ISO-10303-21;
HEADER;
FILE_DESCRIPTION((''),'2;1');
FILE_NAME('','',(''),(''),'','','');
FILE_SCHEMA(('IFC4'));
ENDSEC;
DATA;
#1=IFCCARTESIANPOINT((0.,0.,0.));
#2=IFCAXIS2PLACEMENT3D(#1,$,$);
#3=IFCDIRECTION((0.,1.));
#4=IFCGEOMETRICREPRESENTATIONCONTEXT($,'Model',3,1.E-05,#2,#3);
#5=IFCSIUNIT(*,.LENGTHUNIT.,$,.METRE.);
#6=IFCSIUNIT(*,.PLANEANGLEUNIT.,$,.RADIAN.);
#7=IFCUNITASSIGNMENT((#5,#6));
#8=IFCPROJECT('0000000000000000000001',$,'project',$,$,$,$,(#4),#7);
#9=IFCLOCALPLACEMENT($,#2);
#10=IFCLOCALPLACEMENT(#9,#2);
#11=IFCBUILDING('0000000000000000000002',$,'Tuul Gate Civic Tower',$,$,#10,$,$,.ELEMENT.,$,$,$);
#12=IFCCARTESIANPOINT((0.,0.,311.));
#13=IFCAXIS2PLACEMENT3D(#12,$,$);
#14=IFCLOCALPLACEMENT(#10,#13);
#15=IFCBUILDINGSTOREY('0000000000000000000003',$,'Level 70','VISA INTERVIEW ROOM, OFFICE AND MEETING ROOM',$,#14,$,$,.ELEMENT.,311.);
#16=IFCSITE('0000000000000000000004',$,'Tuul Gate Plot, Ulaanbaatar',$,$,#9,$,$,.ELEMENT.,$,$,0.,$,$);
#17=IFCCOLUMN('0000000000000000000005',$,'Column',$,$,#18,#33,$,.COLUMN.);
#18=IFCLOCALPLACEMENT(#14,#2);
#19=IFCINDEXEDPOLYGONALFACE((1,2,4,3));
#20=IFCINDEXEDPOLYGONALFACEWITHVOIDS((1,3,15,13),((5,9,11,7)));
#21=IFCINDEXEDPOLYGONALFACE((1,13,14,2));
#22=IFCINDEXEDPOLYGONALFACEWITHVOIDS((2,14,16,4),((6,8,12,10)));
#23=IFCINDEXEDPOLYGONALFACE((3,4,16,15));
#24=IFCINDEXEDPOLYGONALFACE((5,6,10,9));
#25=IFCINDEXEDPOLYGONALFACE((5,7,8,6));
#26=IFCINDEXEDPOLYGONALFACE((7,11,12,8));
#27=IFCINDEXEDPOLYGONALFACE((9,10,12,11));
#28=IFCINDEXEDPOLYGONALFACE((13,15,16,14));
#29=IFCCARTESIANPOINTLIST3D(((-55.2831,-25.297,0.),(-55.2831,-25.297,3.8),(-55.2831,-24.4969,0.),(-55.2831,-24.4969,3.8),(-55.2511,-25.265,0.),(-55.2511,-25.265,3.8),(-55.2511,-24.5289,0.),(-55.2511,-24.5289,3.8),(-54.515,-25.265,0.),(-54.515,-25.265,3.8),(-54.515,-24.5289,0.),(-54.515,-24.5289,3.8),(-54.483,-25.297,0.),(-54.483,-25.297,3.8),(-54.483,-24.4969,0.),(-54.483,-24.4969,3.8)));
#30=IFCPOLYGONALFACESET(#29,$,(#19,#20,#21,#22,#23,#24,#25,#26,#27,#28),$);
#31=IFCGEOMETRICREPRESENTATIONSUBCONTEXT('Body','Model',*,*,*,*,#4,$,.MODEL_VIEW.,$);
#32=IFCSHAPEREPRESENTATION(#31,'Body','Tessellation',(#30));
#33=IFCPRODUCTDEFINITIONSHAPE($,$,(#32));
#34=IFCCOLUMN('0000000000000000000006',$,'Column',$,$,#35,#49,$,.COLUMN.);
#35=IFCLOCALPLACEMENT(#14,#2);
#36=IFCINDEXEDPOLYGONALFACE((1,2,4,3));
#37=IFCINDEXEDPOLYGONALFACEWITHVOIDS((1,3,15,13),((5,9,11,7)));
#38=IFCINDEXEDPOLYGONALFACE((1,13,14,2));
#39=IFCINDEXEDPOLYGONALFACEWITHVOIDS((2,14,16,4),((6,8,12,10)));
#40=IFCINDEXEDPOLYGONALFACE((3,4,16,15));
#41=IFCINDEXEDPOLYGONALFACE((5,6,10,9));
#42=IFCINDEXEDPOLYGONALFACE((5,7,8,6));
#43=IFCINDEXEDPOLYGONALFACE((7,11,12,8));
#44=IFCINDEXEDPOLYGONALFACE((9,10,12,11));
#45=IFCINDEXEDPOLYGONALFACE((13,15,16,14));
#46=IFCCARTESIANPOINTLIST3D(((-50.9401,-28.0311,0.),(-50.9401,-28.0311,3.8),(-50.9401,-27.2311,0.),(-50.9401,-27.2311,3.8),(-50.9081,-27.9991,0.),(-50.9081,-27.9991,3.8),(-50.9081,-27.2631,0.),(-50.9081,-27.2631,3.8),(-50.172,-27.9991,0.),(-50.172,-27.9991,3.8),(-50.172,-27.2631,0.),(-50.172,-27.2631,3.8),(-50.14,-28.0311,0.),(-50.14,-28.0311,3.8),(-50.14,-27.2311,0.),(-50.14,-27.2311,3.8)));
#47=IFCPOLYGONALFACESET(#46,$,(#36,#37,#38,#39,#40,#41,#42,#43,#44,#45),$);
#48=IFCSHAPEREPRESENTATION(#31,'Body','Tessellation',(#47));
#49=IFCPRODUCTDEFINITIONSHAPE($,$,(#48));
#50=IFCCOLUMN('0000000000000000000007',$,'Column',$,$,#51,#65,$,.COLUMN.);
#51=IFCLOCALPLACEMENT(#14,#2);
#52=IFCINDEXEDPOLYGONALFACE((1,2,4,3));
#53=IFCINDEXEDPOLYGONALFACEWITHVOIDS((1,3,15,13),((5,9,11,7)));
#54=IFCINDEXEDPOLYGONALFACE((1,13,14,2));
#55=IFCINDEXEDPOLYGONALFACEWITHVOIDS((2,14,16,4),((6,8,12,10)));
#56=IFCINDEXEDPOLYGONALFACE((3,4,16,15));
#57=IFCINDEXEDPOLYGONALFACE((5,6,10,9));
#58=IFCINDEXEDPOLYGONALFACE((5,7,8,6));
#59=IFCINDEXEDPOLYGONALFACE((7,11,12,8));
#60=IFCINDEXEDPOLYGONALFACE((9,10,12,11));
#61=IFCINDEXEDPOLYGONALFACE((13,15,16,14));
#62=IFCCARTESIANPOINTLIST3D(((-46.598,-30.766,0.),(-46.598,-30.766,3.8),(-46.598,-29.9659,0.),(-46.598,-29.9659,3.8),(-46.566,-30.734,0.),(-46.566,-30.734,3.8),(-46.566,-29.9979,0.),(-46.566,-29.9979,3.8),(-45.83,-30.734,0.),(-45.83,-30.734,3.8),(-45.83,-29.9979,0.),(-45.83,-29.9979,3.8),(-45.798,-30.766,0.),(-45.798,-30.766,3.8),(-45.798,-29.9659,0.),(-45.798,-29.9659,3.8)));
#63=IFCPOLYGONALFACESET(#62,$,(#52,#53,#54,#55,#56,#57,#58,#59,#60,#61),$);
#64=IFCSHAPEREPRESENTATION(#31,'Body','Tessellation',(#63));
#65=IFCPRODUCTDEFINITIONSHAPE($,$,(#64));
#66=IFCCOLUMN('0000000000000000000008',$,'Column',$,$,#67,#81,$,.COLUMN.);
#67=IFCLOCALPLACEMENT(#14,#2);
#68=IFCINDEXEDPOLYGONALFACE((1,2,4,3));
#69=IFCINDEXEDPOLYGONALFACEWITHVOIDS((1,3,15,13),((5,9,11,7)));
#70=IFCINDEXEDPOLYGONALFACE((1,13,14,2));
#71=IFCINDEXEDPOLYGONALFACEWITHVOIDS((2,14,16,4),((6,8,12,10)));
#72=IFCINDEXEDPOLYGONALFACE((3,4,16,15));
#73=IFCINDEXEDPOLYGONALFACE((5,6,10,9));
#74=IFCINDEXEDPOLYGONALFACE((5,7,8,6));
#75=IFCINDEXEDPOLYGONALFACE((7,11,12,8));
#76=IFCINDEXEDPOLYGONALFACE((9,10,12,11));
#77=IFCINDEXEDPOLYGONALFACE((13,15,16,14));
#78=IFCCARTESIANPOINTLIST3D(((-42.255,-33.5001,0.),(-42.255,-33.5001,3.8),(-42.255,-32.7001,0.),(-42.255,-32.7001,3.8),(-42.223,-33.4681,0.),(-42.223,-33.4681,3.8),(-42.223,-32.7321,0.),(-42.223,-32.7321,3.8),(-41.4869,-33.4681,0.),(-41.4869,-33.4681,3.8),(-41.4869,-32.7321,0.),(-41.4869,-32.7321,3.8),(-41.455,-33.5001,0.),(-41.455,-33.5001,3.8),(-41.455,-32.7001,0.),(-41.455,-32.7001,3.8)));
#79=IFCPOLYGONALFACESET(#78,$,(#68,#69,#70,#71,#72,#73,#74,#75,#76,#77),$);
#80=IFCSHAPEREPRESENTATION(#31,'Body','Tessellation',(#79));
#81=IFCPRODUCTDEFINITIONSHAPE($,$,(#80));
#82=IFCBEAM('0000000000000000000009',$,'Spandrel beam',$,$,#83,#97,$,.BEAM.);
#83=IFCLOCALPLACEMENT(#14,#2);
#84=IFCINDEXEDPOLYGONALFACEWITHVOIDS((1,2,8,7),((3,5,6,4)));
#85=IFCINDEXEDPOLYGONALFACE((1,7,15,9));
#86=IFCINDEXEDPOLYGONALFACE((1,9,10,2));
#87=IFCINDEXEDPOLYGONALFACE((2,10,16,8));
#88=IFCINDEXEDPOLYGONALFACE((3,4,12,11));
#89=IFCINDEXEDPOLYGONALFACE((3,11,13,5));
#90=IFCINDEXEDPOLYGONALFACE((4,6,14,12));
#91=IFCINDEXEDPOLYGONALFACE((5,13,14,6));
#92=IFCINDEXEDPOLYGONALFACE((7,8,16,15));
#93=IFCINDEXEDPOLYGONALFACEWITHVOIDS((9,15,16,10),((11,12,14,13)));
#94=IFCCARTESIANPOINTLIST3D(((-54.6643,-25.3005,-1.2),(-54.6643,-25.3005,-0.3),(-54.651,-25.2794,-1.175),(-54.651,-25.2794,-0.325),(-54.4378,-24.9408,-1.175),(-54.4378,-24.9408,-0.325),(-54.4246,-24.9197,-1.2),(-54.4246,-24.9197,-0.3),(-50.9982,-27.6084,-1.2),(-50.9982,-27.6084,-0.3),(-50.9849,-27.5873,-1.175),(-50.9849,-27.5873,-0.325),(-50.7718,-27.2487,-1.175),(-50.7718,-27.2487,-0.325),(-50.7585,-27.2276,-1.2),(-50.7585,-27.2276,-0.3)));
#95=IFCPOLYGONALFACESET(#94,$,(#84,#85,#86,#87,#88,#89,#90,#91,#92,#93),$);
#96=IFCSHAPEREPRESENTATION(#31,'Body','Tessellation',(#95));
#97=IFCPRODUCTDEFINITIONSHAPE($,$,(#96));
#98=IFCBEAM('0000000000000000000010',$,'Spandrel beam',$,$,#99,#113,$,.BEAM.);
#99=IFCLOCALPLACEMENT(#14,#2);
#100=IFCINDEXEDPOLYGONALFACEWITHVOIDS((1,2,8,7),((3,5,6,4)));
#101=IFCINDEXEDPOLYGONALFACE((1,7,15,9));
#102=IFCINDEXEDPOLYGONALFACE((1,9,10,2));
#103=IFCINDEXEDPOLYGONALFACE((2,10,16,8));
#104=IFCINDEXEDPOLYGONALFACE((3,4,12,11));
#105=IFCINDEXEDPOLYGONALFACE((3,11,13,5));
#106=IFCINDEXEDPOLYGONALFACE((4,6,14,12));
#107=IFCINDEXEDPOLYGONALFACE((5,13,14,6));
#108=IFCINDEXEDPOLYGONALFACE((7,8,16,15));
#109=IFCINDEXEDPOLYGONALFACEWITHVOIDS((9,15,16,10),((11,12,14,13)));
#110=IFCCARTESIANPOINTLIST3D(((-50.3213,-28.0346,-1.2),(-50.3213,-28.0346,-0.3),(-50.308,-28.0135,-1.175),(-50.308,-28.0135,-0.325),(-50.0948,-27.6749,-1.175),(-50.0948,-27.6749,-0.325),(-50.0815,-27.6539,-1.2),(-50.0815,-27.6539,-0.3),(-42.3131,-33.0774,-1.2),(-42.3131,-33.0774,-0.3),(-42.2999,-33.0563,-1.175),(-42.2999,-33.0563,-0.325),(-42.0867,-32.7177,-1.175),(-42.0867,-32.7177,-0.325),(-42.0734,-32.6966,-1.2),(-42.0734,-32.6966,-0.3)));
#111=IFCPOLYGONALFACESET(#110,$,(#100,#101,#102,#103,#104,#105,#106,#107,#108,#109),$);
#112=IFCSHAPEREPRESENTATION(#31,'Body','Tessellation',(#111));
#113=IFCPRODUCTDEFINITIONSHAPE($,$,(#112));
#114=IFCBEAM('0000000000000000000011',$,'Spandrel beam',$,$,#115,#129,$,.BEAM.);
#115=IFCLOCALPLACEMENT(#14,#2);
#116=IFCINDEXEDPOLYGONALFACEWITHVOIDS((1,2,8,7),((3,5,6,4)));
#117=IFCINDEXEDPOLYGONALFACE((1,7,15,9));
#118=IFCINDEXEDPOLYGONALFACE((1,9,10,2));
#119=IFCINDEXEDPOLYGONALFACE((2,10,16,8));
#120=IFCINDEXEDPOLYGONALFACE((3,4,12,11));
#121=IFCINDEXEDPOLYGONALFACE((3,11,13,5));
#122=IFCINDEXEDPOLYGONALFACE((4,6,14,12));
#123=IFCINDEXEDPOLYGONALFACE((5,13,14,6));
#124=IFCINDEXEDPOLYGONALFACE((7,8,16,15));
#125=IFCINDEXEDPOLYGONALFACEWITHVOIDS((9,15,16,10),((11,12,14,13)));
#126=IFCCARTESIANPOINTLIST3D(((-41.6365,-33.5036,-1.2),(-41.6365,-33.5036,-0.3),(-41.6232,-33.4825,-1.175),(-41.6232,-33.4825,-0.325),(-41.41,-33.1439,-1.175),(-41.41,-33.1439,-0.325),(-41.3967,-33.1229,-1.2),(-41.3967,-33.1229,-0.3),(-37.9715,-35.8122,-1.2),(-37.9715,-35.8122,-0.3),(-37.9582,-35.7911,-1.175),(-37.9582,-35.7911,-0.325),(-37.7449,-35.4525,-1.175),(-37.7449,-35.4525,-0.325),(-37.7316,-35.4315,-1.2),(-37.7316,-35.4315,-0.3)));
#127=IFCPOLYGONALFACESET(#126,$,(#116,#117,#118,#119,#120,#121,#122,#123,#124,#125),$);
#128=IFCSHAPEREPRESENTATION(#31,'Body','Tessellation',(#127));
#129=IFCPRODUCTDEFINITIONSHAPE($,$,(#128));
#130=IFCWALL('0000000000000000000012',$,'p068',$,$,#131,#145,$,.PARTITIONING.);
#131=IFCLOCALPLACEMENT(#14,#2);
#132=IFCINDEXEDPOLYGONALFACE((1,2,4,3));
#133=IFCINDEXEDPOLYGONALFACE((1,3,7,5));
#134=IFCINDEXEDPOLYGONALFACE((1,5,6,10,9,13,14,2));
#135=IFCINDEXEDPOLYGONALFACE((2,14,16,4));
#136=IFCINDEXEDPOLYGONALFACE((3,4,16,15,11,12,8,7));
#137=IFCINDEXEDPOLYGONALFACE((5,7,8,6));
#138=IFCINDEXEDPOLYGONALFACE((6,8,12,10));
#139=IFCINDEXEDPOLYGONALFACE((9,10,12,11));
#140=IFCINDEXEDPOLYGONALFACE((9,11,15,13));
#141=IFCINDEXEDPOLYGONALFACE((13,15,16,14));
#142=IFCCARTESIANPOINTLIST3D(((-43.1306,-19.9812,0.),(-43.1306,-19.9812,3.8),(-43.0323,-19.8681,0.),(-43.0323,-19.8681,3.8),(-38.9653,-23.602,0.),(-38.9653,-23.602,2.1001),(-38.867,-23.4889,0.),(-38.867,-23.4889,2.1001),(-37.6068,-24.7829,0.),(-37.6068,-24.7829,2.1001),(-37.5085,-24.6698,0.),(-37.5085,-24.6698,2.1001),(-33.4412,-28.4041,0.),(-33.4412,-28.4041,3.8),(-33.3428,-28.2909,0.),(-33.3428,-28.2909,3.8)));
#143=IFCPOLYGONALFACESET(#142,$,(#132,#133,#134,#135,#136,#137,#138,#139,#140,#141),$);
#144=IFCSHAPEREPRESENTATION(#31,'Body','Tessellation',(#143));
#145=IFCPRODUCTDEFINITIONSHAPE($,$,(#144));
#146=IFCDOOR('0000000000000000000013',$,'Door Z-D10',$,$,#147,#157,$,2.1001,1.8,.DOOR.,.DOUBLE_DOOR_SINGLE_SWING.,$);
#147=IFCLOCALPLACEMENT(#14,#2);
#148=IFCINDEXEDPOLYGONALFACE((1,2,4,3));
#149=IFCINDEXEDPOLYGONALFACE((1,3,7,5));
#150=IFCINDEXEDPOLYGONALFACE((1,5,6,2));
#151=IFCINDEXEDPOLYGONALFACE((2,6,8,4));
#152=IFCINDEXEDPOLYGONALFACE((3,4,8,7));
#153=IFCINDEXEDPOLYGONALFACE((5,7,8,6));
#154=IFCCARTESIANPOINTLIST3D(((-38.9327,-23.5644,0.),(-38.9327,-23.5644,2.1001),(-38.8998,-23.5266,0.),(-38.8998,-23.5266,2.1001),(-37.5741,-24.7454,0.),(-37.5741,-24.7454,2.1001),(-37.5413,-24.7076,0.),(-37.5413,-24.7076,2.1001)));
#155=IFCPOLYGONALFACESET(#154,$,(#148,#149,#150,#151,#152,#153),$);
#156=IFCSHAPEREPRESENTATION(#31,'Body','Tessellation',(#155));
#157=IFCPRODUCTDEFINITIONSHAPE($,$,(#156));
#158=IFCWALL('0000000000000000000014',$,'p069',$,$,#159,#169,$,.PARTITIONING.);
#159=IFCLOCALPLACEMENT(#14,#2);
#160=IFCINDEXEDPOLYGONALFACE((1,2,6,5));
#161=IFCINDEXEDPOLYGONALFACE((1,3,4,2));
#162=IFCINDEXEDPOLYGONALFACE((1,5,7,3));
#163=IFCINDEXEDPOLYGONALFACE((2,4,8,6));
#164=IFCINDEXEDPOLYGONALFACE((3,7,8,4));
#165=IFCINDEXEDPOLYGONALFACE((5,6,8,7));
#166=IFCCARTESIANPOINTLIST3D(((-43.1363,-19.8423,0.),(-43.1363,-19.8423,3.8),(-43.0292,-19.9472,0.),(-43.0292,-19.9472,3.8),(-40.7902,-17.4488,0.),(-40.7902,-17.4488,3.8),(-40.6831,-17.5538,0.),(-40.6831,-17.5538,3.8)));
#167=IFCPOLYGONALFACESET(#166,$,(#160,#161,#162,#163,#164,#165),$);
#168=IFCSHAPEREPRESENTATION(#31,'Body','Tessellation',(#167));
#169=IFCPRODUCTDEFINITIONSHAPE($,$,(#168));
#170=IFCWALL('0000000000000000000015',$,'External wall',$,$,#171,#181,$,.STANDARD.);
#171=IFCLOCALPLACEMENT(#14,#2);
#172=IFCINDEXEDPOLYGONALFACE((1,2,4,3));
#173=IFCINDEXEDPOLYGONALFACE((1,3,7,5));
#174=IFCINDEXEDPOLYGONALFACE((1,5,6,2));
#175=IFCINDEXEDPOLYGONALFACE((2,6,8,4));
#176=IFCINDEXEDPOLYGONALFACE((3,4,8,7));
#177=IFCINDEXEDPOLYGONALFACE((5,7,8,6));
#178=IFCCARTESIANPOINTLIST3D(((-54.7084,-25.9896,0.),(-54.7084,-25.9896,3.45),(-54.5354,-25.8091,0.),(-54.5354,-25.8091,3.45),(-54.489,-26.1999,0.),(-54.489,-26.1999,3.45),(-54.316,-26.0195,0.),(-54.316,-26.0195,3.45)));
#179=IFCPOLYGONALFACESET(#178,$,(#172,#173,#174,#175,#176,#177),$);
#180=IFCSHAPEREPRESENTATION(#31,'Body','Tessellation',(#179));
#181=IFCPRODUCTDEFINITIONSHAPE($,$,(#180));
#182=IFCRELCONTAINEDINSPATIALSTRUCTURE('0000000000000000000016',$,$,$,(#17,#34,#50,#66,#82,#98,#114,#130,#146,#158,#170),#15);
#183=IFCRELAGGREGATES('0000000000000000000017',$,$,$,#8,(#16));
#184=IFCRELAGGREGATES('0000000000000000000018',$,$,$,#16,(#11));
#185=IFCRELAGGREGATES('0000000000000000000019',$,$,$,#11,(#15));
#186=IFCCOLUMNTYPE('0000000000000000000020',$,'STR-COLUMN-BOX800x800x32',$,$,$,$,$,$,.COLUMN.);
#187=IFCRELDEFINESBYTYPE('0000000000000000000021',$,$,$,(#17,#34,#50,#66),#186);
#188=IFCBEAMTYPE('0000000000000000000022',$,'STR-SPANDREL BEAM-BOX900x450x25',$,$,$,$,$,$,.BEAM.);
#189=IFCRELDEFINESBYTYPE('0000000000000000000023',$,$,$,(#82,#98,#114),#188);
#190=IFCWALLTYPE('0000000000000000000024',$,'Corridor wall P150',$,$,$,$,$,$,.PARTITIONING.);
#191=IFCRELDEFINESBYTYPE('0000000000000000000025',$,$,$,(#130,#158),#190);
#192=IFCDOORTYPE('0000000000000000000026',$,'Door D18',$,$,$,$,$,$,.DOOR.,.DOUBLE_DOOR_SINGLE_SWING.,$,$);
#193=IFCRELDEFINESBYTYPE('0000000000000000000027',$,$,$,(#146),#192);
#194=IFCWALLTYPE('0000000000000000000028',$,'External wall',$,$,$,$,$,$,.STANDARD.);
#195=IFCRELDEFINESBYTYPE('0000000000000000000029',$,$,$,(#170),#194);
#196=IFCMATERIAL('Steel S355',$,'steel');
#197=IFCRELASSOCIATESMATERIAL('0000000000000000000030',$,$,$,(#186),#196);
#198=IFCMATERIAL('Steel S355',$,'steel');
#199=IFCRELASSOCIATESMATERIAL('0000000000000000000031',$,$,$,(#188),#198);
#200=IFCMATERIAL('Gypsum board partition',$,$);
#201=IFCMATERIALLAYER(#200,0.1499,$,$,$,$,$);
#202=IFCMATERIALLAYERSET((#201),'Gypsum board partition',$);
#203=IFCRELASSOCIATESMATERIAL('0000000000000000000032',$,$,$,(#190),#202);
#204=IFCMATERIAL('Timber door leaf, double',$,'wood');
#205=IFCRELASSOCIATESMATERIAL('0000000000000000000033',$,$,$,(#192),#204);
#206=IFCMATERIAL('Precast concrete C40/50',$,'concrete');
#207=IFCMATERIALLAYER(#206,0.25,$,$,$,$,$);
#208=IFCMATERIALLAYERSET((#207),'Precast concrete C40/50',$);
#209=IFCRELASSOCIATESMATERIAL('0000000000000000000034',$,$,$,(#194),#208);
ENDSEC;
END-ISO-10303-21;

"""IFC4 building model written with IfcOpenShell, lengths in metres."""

from ifc_helpers import new_model, si_unit, direction, frame, frame_2d, origin, origin_2d, place, context, subcontext, project, spatial, rectangle, hollow_rectangle, extrude, material, layer, layer_set, material_profile, profile_set, type_object, element, fill, save


model = new_model("IFC4")

# Units and contexts
model_context = context("Model", 3, precision=1e-05, world=origin(), true_north=direction((0.0, 1.0)))
body_context = subcontext(model_context, "Body", "Model", "MODEL_VIEW")
ifc_project = project(units=[si_unit("LENGTHUNIT", "METRE"), si_unit("PLANEANGLEUNIT", "RADIAN")], contexts=[model_context])

# Site, building, storey
site_placement = place(None, origin())
site = spatial("IfcSite", under=ifc_project, at=site_placement, Name="Tuul Gate Plot, Ulaanbaatar", CompositionType="ELEMENT", RefElevation=0.0)
building_placement = place(site_placement, origin())
building = spatial("IfcBuilding", under=site, at=building_placement, Name="Tuul Gate Civic Tower", CompositionType="ELEMENT")
storey_placement = place(building_placement, frame((0.0, 0.0, 311.0)))
storey = spatial("IfcBuildingStorey", under=building, at=storey_placement, Name="Level 70", Description="VISA INTERVIEW ROOM, OFFICE AND MEETING ROOM", CompositionType="ELEMENT", Elevation=311.0)

# Columns
ifc_material_1 = material(Name="Steel S355", Category="steel")
ifc_material_profile_1 = material_profile(ifc_material_1, hollow_rectangle(XDim=0.8, YDim=0.8, WallThickness=0.032, at=origin_2d()), Name="BOX800x800x32")
ifc_profile_set_1 = profile_set([ifc_material_profile_1], Name="Steel S355")
column_type = type_object("IfcColumnType", Name="STR-COLUMN-BOX800x800x32", PredefinedType="COLUMN", material=ifc_profile_set_1)
for number, where, z_axis, x_axis, name in (
    (1, (-54.8831, -24.897, 0.0), (0.0, 0.0, 1.0), (1.0, 0.0, 0.0), "Column"),
    (2, (-50.54, -27.6311, 0.0), (0.0, 0.0, 1.0), (1.0, 0.0, 0.0), "Column"),
    (3, (-46.198, -30.366, 0.0), (0.0, 0.0, 1.0), (1.0, 0.0, 0.0), "Column"),
    (4, (-41.855, -33.1001, 0.0), (0.0, 0.0, 1.0), (1.0, 0.0, 0.0), "Column"),
):
    element("IfcColumn", number, at=place(storey_placement, frame(where, z_axis=z_axis, x_axis=x_axis)), inside=storey, type_object=column_type, Name=name, PredefinedType="COLUMN", context=body_context, shape_type="SweptSolid", body=[
        extrude(hollow_rectangle(XDim=0.8, YDim=0.8, WallThickness=0.032, at=origin_2d()), origin(), (0.0, 0.0, 1.0), 3.8),
    ])

# Beams
ifc_material_2 = material(Name="Steel S355", Category="steel")
ifc_material_profile_2 = material_profile(ifc_material_2, hollow_rectangle(XDim=0.45, YDim=0.8999, WallThickness=0.0249, at=origin_2d()), Name="BOX900x450x25")
ifc_profile_set_2 = profile_set([ifc_material_profile_2], Name="Steel S355")
beam_type = type_object("IfcBeamType", Name="STR-SPANDREL BEAM-BOX900x450x25", PredefinedType="BEAM", material=ifc_profile_set_2)
beam_1_placement = place(storey_placement, frame((-54.5444, -25.1101, -0.75), z_axis=(0.846271, -0.532752, 0.0), x_axis=(0.532752, 0.846271, 0.0)))
element("IfcBeam", 5, at=beam_1_placement, inside=storey, type_object=beam_type, Name="Spandrel beam", PredefinedType="BEAM", context=body_context, shape_type="SweptSolid", body=[
    extrude(hollow_rectangle(XDim=0.45, YDim=0.8999, WallThickness=0.0249, at=origin_2d()), origin(), (0.0, 0.0, 1.0), 4.332),
])
beam_2_placement = place(storey_placement, frame((-50.2014, -27.8442, -0.75), z_axis=(0.846204, -0.53286, 0.0), x_axis=(0.53286, 0.846204, 0.0)))
element("IfcBeam", 6, at=beam_2_placement, inside=storey, type_object=beam_type, Name="Spandrel beam", PredefinedType="BEAM", context=body_context, shape_type="SweptSolid", body=[
    extrude(hollow_rectangle(XDim=0.45, YDim=0.8999, WallThickness=0.0249, at=origin_2d()), origin(), (0.0, 0.0, 1.0), 9.4636),
])
beam_3_placement = place(storey_placement, frame((-41.5166, -33.3132, -0.75), z_axis=(0.846131, -0.532975, 0.0), x_axis=(0.532975, 0.846131, 0.0)))
element("IfcBeam", 7, at=beam_3_placement, inside=storey, type_object=beam_type, Name="Spandrel beam", PredefinedType="BEAM", context=body_context, shape_type="SweptSolid", body=[
    extrude(hollow_rectangle(XDim=0.45, YDim=0.8999, WallThickness=0.0249, at=origin_2d()), origin(), (0.0, 0.0, 1.0), 4.3315),
])

# Wall, opening, door
ifc_material_3 = material(Name="Gypsum board partition")
ifc_layer_1 = layer(ifc_material_3, 0.1499)
ifc_layer_set_1 = layer_set([ifc_layer_1], Name="Gypsum board partition")
wall_type_1 = type_object("IfcWallType", Name="Corridor wall P150", PredefinedType="PARTITIONING", material=ifc_layer_set_1)
wall_1_placement = place(storey_placement, frame((-43.0815, -19.9246, 0.0), z_axis=(0.0, 0.0, 1.0), x_axis=(0.754712, -0.656056, 0.0)))
wall_1 = element("IfcWall", 8, at=wall_1_placement, inside=storey, type_object=wall_type_1, Name="p068", PredefinedType="PARTITIONING", context=body_context, shape_type="SweptSolid", body=[
    extrude(rectangle(XDim=12.8386, YDim=0.1499, at=frame_2d((6.4194, 0.0))), origin(), (0.0, 0.0, 1.0), 3.8),
])
opening_1_placement = place(wall_1_placement, frame((5.5193, 0.0, 0.0)))
opening_1 = element("IfcOpeningElement", 9, at=opening_1_placement, cuts=wall_1, PredefinedType="OPENING", context=body_context, shape_type="SweptSolid", body=[
    extrude(rectangle(XDim=1.8, YDim=2.1001, at=frame_2d((0.8999, 1.05))), frame((0.0, 0.085, 0.0), z_axis=(0.0, -1.0, 0.0), x_axis=(1.0, 0.0, 0.0)), (0.0, 0.0, 1.0), 0.1699),
])
ifc_material_4 = material(Name="Timber door leaf, double", Category="wood")
door_type = type_object("IfcDoorType", Name="Door D18", OperationType="DOUBLE_DOOR_SINGLE_SWING", PredefinedType="DOOR", material=ifc_material_4)
door_placement = place(opening_1_placement, origin())
door = element("IfcDoor", 10, at=door_placement, inside=storey, type_object=door_type, Name="Door Z-D10", OperationType="DOUBLE_DOOR_SINGLE_SWING", OverallHeight=2.1001, OverallWidth=1.8, PredefinedType="DOOR", context=body_context, shape_type="SweptSolid", body=[
    extrude(rectangle(XDim=1.8, YDim=2.1001, at=frame_2d((0.8999, 1.05))), frame((0.0, 0.0249, 0.0), z_axis=(0.0, -1.0, 0.0), x_axis=(1.0, 0.0, 0.0)), (0.0, 0.0, 1.0), 0.05),
])
fill(opening_1, door)

# Walls
wall_2_placement = place(storey_placement, frame((-43.0828, -19.8948, 0.0), z_axis=(0.0, 0.0, 1.0), x_axis=(0.700006, 0.714137, 0.0)))
element("IfcWall", 11, at=wall_2_placement, inside=storey, type_object=wall_type_1, Name="p069", PredefinedType="PARTITIONING", context=body_context, shape_type="SweptSolid", body=[
    extrude(rectangle(XDim=3.3516, YDim=0.1499, at=frame_2d((1.6758, 0.0))), origin(), (0.0, 0.0, 1.0), 3.8),
])
ifc_material_5 = material(Name="Precast concrete C40/50", Category="concrete")
ifc_layer_2 = layer(ifc_material_5, 0.25)
ifc_layer_set_2 = layer_set([ifc_layer_2], Name="Precast concrete C40/50")
wall_type_2 = type_object("IfcWallType", Name="External wall", PredefinedType="STANDARD", material=ifc_layer_set_2)
wall_3_placement = place(storey_placement, frame((-54.6218, -25.8994, 0.0), z_axis=(0.0, 0.0, 1.0), x_axis=(0.721804, -0.692097, 0.0)))
element("IfcWall", 12, at=wall_3_placement, inside=storey, type_object=wall_type_2, Name="External wall", PredefinedType="STANDARD", context=body_context, shape_type="SweptSolid", body=[
    extrude(rectangle(XDim=0.304, YDim=0.25, at=frame_2d((0.1519, 0.0))), origin(), (0.0, 0.0, 1.0), 3.45),
])

save(model, "model.ifc")
